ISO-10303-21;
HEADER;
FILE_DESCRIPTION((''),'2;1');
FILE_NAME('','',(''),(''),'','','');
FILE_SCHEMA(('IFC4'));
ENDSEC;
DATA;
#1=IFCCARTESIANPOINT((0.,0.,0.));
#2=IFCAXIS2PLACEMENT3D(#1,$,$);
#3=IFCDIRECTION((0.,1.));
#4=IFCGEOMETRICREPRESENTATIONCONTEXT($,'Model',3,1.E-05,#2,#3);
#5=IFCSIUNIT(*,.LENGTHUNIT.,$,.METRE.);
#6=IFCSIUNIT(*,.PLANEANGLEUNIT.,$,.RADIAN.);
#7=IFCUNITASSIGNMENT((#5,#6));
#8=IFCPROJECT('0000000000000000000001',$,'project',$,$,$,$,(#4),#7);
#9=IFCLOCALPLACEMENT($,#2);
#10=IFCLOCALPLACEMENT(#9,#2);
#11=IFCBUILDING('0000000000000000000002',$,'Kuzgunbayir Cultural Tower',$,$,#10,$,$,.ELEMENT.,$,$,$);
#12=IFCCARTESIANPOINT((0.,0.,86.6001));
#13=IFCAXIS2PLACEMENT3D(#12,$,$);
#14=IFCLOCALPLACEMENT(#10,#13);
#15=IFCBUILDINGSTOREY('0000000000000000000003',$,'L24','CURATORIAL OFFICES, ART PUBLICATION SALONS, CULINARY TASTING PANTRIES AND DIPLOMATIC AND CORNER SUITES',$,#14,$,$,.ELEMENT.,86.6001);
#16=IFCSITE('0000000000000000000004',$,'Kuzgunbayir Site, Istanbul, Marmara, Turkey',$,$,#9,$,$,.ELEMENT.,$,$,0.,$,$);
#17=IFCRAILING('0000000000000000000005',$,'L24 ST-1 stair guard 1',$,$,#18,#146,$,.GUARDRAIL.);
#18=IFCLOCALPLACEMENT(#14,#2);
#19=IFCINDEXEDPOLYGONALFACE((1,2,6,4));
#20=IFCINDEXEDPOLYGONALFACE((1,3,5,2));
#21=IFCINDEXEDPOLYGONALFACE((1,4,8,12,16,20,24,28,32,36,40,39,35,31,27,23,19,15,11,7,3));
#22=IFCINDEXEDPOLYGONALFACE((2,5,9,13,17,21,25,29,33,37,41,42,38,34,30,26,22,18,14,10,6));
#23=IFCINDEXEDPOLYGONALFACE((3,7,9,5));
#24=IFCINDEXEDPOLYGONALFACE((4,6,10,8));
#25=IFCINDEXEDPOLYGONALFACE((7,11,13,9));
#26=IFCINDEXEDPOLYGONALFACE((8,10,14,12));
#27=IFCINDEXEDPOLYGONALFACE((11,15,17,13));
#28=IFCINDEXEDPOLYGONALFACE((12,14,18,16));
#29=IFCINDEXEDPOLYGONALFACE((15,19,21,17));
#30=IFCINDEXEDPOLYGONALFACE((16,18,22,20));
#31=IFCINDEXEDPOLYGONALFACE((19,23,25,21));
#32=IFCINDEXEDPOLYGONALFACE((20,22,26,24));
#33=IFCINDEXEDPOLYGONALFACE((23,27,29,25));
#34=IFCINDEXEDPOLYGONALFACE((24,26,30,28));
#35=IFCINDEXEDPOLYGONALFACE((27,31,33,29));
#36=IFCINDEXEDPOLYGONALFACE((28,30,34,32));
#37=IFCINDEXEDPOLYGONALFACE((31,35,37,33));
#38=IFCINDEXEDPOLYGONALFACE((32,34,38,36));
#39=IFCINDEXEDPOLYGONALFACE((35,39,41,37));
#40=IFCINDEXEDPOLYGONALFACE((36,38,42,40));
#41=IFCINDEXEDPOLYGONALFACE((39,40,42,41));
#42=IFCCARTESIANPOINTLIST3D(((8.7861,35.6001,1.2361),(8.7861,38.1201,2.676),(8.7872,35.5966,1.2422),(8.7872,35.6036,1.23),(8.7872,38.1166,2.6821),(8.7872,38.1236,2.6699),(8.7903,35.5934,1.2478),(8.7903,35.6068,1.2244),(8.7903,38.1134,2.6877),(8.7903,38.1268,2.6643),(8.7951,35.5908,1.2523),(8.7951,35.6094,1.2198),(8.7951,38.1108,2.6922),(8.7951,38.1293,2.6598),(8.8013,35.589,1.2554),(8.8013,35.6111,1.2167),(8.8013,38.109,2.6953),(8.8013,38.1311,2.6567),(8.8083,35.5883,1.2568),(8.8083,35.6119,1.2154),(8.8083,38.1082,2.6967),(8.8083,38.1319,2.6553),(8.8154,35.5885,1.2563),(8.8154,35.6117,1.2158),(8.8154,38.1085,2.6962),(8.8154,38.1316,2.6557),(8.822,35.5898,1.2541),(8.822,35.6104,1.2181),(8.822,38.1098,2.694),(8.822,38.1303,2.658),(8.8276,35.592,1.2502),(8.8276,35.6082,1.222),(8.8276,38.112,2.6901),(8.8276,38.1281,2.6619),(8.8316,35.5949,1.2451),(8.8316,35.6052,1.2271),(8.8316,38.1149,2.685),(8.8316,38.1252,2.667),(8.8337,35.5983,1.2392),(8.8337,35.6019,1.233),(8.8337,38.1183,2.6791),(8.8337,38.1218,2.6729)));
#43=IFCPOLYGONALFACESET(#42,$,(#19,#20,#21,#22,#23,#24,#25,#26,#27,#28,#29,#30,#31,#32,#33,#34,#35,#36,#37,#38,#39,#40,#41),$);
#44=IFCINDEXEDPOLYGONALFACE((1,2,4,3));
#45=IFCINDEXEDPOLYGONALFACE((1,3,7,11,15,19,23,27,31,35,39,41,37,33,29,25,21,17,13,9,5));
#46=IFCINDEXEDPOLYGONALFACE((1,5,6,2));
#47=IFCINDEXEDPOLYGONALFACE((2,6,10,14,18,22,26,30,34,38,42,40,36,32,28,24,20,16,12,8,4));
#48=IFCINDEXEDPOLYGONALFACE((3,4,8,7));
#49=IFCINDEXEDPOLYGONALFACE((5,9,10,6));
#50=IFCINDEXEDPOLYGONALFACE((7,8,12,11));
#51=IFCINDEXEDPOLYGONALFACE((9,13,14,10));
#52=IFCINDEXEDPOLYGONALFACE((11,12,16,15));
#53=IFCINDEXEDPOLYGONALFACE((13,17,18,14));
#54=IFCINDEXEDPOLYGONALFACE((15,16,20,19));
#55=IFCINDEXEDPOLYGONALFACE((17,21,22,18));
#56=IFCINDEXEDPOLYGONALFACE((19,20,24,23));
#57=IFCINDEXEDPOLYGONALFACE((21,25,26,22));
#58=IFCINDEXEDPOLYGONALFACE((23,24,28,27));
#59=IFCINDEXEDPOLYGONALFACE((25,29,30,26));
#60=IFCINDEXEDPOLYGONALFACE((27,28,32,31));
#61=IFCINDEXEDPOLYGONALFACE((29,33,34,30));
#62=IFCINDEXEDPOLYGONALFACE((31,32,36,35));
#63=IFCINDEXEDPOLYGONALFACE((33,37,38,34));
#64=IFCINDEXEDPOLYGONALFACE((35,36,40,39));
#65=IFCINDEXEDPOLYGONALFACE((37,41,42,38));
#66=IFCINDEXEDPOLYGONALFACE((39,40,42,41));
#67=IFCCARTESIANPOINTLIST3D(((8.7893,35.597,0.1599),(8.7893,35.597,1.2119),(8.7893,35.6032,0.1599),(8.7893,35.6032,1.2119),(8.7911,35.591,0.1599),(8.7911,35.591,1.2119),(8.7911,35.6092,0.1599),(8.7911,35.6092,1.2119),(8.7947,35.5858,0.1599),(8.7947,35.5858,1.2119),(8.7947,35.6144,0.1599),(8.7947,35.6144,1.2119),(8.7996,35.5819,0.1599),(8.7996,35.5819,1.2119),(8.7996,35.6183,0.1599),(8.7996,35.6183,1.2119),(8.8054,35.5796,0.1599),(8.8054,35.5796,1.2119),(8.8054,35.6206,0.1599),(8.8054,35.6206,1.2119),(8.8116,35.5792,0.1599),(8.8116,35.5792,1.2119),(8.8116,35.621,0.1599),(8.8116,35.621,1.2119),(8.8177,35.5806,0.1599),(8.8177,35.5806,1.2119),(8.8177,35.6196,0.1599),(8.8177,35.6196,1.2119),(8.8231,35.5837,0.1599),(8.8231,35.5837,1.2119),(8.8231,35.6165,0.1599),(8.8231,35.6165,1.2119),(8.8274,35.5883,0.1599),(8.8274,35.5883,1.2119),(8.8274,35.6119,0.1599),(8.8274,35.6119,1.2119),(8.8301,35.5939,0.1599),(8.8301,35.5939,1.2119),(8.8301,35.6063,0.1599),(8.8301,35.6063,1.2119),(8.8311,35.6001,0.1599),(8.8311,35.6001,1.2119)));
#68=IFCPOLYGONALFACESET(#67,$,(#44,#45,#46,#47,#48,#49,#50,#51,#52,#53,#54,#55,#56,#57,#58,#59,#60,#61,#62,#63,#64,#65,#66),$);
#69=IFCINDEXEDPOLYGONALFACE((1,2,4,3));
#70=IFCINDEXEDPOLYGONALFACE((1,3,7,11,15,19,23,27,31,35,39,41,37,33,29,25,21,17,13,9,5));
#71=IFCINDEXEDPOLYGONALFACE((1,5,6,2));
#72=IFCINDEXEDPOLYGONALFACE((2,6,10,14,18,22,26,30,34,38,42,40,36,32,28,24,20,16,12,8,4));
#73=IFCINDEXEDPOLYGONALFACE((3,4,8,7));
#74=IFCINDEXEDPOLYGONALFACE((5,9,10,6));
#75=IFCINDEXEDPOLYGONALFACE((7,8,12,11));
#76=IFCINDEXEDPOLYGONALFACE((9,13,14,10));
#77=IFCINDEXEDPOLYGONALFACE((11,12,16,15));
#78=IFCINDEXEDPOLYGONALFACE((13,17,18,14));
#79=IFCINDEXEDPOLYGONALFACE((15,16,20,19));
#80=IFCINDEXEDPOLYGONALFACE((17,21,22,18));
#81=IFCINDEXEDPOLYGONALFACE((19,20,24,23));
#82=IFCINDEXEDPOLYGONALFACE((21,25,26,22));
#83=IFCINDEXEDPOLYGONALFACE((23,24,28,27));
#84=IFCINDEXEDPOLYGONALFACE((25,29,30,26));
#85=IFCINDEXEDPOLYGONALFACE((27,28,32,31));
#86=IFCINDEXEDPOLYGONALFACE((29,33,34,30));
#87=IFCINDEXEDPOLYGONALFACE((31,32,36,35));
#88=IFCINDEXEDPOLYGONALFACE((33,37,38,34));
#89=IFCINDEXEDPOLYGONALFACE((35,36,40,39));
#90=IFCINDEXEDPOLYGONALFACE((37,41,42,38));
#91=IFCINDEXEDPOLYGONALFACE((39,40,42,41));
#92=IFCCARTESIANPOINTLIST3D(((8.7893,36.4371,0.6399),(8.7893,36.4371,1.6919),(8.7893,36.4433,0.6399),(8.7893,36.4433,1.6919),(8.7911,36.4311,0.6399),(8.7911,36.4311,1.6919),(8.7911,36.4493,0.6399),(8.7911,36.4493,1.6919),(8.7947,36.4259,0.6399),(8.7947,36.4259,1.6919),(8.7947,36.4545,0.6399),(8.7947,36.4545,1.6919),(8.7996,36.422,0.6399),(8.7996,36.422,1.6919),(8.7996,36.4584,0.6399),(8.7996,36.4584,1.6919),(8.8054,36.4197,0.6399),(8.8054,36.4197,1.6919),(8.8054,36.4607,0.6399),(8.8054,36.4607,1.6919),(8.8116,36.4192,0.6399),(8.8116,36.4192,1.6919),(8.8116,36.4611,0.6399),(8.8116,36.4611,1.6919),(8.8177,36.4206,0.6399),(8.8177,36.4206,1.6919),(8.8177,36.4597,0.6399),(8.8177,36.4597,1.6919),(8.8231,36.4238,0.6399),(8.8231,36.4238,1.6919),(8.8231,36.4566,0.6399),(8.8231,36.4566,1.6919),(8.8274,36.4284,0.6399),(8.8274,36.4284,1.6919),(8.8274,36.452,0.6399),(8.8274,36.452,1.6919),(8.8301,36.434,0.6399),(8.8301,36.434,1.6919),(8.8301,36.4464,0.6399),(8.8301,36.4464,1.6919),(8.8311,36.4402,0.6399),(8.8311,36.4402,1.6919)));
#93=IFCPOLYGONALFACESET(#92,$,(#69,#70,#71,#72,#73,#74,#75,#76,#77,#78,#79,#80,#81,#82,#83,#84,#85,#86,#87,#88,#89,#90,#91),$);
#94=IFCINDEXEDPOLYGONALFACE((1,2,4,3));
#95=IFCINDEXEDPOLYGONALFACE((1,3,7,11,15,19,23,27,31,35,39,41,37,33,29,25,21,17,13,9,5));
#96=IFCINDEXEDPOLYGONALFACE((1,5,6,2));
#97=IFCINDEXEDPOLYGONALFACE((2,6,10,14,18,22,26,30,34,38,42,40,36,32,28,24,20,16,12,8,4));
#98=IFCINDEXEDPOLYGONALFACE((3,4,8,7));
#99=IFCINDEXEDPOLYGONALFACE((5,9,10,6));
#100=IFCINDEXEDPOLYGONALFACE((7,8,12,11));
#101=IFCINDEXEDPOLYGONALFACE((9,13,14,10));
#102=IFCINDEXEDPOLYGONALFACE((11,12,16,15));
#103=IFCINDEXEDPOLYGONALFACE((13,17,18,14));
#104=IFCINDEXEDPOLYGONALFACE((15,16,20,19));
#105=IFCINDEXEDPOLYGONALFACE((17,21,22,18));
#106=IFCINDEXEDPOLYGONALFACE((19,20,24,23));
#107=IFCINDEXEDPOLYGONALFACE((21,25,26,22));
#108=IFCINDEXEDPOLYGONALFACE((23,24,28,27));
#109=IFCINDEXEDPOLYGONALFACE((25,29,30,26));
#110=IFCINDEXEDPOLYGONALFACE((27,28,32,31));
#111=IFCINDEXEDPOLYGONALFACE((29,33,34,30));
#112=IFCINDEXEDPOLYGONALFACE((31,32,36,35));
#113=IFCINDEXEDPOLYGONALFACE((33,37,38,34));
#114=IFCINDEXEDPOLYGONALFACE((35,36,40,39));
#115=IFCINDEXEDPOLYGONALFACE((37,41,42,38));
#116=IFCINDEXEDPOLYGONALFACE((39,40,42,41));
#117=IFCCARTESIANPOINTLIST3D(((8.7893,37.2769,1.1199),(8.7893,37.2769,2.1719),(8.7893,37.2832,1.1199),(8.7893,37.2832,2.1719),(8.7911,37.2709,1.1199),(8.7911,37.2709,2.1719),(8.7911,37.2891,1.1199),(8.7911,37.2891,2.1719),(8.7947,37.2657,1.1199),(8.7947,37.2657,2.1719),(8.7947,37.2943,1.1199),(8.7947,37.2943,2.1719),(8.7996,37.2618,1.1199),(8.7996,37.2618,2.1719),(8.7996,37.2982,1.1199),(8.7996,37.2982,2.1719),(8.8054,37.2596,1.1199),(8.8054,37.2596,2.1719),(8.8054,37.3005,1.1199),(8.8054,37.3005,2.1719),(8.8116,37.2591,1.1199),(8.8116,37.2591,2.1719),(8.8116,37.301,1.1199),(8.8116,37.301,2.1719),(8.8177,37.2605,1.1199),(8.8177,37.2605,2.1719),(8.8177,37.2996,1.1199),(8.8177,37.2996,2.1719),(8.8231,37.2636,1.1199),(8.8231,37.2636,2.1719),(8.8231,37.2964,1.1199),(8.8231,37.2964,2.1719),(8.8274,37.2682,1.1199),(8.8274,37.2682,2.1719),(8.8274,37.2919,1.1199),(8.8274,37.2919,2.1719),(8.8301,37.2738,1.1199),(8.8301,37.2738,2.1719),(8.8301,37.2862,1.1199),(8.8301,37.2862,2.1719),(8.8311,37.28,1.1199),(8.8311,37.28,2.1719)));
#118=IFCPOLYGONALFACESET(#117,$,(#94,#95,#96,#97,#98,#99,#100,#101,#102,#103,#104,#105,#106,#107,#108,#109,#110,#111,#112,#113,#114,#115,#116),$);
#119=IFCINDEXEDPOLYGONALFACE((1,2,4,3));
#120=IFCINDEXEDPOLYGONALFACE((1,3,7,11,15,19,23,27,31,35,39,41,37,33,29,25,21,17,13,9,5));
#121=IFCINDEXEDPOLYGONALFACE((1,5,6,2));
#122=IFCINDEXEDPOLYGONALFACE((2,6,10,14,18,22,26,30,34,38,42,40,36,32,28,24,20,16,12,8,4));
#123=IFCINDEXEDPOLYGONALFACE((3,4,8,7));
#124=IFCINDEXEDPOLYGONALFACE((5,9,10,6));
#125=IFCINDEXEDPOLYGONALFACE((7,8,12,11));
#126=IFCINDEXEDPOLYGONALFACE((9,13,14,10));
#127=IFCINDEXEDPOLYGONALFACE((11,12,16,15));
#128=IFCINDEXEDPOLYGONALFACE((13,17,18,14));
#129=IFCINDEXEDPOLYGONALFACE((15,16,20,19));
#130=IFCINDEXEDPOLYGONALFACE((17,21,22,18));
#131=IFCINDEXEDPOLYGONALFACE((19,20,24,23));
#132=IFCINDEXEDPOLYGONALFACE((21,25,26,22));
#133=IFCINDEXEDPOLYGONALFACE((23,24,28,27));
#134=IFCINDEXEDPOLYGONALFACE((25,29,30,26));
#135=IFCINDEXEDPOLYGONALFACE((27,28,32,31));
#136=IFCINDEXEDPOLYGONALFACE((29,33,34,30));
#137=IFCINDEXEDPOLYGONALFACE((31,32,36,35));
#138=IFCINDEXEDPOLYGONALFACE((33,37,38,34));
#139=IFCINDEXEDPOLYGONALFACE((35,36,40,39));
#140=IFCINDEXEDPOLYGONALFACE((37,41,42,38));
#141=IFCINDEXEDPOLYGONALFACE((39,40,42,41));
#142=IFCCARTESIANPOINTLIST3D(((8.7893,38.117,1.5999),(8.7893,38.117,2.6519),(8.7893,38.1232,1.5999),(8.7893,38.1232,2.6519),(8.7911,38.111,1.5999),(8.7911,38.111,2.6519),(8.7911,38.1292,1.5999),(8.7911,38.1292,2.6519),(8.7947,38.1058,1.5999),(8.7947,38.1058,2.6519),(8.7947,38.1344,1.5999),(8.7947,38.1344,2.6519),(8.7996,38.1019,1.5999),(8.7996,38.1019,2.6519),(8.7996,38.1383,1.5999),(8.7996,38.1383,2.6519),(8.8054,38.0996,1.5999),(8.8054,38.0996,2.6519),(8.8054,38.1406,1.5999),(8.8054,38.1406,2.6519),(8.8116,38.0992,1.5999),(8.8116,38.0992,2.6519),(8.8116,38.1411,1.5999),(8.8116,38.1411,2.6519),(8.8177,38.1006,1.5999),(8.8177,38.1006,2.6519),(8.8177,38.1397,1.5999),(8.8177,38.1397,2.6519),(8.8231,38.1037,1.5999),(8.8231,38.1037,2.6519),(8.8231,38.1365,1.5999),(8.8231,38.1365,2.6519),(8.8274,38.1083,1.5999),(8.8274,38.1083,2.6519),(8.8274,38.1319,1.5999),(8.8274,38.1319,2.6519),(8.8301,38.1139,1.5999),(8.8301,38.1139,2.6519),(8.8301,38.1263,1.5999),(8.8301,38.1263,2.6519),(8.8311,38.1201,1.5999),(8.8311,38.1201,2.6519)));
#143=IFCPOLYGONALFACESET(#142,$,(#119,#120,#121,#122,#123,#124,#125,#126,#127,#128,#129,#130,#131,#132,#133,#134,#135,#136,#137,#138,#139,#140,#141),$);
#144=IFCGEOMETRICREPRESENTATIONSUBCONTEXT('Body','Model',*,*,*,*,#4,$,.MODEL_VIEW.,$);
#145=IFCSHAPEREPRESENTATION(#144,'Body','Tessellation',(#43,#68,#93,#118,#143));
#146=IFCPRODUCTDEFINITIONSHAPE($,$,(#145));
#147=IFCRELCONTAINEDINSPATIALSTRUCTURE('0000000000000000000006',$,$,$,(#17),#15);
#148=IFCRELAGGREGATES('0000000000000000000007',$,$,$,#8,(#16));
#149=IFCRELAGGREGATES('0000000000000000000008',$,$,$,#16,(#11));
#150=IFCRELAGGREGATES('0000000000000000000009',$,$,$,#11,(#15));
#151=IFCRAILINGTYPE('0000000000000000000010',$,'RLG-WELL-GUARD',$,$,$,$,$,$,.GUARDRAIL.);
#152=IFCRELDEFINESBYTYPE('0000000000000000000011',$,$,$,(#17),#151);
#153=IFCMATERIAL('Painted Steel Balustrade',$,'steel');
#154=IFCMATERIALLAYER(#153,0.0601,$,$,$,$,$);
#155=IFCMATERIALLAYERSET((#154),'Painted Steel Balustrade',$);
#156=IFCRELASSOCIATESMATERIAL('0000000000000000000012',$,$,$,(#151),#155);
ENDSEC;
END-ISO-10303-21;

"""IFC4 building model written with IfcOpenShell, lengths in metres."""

from ifc_helpers import new_model, si_unit, direction, frame, origin, origin_2d, place, context, subcontext, project, spatial, circle, extrude, material, layer, layer_set, type_object, element, save


model = new_model("IFC4")

# Units and contexts
model_context = context("Model", 3, precision=1e-05, world=origin(), true_north=direction((0.0, 1.0)))
body_context = subcontext(model_context, "Body", "Model", "MODEL_VIEW")
ifc_project = project(units=[si_unit("LENGTHUNIT", "METRE"), si_unit("PLANEANGLEUNIT", "RADIAN")], contexts=[model_context])

# Site, building, storey
site_placement = place(None, origin())
site = spatial("IfcSite", under=ifc_project, at=site_placement, Name="Kuzgunbayir Site, Istanbul, Marmara, Turkey", CompositionType="ELEMENT", RefElevation=0.0)
building_placement = place(site_placement, origin())
building = spatial("IfcBuilding", under=site, at=building_placement, Name="Kuzgunbayir Cultural Tower", CompositionType="ELEMENT")
storey_placement = place(building_placement, frame((0.0, 0.0, 86.6001)))
storey = spatial("IfcBuildingStorey", under=building, at=storey_placement, Name="L24", Description="CURATORIAL OFFICES, ART PUBLICATION SALONS, CULINARY TASTING PANTRIES AND DIPLOMATIC AND CORNER SUITES", CompositionType="ELEMENT", Elevation=86.6001)

# Railing
ifc_material_1 = material(Name="Painted Steel Balustrade", Category="steel")
ifc_layer_1 = layer(ifc_material_1, 0.0601)
ifc_layer_set_1 = layer_set([ifc_layer_1], Name="Painted Steel Balustrade")
railing_type_1 = type_object("IfcRailingType", Name="RLG-WELL-GUARD", PredefinedType="GUARDRAIL", material=ifc_layer_set_1)
railing_1_placement = place(storey_placement, frame((8.8101, 35.6001, 0.1599)))
element("IfcRailing", 1, at=railing_1_placement, inside=storey, type_object=railing_type_1, Name="L24 ST-1 stair guard 1", PredefinedType="GUARDRAIL", context=body_context, shape_type="SweptSolid", body=[
    extrude(circle(Radius=0.0239, at=origin_2d()), frame((0.0, 0.0, 1.0762), z_axis=(0.0, 0.868253, 0.496121), x_axis=(-1.0, 0.0, 0.0)), (0.0, 0.0, 1.0), 2.9023),
    extrude(circle(Radius=0.021, at=origin_2d()), origin(), (0.0, 0.0, 1.0), 1.052),
    extrude(circle(Radius=0.021, at=origin_2d()), frame((0.0, 0.8401, 0.48)), (0.0, 0.0, 1.0), 1.052),
    extrude(circle(Radius=0.021, at=origin_2d()), frame((0.0, 1.6799, 0.96)), (0.0, 0.0, 1.0), 1.052),
    extrude(circle(Radius=0.021, at=origin_2d()), frame((0.0, 2.52, 1.4399)), (0.0, 0.0, 1.0), 1.052),
])

save(model, "model.ifc")
